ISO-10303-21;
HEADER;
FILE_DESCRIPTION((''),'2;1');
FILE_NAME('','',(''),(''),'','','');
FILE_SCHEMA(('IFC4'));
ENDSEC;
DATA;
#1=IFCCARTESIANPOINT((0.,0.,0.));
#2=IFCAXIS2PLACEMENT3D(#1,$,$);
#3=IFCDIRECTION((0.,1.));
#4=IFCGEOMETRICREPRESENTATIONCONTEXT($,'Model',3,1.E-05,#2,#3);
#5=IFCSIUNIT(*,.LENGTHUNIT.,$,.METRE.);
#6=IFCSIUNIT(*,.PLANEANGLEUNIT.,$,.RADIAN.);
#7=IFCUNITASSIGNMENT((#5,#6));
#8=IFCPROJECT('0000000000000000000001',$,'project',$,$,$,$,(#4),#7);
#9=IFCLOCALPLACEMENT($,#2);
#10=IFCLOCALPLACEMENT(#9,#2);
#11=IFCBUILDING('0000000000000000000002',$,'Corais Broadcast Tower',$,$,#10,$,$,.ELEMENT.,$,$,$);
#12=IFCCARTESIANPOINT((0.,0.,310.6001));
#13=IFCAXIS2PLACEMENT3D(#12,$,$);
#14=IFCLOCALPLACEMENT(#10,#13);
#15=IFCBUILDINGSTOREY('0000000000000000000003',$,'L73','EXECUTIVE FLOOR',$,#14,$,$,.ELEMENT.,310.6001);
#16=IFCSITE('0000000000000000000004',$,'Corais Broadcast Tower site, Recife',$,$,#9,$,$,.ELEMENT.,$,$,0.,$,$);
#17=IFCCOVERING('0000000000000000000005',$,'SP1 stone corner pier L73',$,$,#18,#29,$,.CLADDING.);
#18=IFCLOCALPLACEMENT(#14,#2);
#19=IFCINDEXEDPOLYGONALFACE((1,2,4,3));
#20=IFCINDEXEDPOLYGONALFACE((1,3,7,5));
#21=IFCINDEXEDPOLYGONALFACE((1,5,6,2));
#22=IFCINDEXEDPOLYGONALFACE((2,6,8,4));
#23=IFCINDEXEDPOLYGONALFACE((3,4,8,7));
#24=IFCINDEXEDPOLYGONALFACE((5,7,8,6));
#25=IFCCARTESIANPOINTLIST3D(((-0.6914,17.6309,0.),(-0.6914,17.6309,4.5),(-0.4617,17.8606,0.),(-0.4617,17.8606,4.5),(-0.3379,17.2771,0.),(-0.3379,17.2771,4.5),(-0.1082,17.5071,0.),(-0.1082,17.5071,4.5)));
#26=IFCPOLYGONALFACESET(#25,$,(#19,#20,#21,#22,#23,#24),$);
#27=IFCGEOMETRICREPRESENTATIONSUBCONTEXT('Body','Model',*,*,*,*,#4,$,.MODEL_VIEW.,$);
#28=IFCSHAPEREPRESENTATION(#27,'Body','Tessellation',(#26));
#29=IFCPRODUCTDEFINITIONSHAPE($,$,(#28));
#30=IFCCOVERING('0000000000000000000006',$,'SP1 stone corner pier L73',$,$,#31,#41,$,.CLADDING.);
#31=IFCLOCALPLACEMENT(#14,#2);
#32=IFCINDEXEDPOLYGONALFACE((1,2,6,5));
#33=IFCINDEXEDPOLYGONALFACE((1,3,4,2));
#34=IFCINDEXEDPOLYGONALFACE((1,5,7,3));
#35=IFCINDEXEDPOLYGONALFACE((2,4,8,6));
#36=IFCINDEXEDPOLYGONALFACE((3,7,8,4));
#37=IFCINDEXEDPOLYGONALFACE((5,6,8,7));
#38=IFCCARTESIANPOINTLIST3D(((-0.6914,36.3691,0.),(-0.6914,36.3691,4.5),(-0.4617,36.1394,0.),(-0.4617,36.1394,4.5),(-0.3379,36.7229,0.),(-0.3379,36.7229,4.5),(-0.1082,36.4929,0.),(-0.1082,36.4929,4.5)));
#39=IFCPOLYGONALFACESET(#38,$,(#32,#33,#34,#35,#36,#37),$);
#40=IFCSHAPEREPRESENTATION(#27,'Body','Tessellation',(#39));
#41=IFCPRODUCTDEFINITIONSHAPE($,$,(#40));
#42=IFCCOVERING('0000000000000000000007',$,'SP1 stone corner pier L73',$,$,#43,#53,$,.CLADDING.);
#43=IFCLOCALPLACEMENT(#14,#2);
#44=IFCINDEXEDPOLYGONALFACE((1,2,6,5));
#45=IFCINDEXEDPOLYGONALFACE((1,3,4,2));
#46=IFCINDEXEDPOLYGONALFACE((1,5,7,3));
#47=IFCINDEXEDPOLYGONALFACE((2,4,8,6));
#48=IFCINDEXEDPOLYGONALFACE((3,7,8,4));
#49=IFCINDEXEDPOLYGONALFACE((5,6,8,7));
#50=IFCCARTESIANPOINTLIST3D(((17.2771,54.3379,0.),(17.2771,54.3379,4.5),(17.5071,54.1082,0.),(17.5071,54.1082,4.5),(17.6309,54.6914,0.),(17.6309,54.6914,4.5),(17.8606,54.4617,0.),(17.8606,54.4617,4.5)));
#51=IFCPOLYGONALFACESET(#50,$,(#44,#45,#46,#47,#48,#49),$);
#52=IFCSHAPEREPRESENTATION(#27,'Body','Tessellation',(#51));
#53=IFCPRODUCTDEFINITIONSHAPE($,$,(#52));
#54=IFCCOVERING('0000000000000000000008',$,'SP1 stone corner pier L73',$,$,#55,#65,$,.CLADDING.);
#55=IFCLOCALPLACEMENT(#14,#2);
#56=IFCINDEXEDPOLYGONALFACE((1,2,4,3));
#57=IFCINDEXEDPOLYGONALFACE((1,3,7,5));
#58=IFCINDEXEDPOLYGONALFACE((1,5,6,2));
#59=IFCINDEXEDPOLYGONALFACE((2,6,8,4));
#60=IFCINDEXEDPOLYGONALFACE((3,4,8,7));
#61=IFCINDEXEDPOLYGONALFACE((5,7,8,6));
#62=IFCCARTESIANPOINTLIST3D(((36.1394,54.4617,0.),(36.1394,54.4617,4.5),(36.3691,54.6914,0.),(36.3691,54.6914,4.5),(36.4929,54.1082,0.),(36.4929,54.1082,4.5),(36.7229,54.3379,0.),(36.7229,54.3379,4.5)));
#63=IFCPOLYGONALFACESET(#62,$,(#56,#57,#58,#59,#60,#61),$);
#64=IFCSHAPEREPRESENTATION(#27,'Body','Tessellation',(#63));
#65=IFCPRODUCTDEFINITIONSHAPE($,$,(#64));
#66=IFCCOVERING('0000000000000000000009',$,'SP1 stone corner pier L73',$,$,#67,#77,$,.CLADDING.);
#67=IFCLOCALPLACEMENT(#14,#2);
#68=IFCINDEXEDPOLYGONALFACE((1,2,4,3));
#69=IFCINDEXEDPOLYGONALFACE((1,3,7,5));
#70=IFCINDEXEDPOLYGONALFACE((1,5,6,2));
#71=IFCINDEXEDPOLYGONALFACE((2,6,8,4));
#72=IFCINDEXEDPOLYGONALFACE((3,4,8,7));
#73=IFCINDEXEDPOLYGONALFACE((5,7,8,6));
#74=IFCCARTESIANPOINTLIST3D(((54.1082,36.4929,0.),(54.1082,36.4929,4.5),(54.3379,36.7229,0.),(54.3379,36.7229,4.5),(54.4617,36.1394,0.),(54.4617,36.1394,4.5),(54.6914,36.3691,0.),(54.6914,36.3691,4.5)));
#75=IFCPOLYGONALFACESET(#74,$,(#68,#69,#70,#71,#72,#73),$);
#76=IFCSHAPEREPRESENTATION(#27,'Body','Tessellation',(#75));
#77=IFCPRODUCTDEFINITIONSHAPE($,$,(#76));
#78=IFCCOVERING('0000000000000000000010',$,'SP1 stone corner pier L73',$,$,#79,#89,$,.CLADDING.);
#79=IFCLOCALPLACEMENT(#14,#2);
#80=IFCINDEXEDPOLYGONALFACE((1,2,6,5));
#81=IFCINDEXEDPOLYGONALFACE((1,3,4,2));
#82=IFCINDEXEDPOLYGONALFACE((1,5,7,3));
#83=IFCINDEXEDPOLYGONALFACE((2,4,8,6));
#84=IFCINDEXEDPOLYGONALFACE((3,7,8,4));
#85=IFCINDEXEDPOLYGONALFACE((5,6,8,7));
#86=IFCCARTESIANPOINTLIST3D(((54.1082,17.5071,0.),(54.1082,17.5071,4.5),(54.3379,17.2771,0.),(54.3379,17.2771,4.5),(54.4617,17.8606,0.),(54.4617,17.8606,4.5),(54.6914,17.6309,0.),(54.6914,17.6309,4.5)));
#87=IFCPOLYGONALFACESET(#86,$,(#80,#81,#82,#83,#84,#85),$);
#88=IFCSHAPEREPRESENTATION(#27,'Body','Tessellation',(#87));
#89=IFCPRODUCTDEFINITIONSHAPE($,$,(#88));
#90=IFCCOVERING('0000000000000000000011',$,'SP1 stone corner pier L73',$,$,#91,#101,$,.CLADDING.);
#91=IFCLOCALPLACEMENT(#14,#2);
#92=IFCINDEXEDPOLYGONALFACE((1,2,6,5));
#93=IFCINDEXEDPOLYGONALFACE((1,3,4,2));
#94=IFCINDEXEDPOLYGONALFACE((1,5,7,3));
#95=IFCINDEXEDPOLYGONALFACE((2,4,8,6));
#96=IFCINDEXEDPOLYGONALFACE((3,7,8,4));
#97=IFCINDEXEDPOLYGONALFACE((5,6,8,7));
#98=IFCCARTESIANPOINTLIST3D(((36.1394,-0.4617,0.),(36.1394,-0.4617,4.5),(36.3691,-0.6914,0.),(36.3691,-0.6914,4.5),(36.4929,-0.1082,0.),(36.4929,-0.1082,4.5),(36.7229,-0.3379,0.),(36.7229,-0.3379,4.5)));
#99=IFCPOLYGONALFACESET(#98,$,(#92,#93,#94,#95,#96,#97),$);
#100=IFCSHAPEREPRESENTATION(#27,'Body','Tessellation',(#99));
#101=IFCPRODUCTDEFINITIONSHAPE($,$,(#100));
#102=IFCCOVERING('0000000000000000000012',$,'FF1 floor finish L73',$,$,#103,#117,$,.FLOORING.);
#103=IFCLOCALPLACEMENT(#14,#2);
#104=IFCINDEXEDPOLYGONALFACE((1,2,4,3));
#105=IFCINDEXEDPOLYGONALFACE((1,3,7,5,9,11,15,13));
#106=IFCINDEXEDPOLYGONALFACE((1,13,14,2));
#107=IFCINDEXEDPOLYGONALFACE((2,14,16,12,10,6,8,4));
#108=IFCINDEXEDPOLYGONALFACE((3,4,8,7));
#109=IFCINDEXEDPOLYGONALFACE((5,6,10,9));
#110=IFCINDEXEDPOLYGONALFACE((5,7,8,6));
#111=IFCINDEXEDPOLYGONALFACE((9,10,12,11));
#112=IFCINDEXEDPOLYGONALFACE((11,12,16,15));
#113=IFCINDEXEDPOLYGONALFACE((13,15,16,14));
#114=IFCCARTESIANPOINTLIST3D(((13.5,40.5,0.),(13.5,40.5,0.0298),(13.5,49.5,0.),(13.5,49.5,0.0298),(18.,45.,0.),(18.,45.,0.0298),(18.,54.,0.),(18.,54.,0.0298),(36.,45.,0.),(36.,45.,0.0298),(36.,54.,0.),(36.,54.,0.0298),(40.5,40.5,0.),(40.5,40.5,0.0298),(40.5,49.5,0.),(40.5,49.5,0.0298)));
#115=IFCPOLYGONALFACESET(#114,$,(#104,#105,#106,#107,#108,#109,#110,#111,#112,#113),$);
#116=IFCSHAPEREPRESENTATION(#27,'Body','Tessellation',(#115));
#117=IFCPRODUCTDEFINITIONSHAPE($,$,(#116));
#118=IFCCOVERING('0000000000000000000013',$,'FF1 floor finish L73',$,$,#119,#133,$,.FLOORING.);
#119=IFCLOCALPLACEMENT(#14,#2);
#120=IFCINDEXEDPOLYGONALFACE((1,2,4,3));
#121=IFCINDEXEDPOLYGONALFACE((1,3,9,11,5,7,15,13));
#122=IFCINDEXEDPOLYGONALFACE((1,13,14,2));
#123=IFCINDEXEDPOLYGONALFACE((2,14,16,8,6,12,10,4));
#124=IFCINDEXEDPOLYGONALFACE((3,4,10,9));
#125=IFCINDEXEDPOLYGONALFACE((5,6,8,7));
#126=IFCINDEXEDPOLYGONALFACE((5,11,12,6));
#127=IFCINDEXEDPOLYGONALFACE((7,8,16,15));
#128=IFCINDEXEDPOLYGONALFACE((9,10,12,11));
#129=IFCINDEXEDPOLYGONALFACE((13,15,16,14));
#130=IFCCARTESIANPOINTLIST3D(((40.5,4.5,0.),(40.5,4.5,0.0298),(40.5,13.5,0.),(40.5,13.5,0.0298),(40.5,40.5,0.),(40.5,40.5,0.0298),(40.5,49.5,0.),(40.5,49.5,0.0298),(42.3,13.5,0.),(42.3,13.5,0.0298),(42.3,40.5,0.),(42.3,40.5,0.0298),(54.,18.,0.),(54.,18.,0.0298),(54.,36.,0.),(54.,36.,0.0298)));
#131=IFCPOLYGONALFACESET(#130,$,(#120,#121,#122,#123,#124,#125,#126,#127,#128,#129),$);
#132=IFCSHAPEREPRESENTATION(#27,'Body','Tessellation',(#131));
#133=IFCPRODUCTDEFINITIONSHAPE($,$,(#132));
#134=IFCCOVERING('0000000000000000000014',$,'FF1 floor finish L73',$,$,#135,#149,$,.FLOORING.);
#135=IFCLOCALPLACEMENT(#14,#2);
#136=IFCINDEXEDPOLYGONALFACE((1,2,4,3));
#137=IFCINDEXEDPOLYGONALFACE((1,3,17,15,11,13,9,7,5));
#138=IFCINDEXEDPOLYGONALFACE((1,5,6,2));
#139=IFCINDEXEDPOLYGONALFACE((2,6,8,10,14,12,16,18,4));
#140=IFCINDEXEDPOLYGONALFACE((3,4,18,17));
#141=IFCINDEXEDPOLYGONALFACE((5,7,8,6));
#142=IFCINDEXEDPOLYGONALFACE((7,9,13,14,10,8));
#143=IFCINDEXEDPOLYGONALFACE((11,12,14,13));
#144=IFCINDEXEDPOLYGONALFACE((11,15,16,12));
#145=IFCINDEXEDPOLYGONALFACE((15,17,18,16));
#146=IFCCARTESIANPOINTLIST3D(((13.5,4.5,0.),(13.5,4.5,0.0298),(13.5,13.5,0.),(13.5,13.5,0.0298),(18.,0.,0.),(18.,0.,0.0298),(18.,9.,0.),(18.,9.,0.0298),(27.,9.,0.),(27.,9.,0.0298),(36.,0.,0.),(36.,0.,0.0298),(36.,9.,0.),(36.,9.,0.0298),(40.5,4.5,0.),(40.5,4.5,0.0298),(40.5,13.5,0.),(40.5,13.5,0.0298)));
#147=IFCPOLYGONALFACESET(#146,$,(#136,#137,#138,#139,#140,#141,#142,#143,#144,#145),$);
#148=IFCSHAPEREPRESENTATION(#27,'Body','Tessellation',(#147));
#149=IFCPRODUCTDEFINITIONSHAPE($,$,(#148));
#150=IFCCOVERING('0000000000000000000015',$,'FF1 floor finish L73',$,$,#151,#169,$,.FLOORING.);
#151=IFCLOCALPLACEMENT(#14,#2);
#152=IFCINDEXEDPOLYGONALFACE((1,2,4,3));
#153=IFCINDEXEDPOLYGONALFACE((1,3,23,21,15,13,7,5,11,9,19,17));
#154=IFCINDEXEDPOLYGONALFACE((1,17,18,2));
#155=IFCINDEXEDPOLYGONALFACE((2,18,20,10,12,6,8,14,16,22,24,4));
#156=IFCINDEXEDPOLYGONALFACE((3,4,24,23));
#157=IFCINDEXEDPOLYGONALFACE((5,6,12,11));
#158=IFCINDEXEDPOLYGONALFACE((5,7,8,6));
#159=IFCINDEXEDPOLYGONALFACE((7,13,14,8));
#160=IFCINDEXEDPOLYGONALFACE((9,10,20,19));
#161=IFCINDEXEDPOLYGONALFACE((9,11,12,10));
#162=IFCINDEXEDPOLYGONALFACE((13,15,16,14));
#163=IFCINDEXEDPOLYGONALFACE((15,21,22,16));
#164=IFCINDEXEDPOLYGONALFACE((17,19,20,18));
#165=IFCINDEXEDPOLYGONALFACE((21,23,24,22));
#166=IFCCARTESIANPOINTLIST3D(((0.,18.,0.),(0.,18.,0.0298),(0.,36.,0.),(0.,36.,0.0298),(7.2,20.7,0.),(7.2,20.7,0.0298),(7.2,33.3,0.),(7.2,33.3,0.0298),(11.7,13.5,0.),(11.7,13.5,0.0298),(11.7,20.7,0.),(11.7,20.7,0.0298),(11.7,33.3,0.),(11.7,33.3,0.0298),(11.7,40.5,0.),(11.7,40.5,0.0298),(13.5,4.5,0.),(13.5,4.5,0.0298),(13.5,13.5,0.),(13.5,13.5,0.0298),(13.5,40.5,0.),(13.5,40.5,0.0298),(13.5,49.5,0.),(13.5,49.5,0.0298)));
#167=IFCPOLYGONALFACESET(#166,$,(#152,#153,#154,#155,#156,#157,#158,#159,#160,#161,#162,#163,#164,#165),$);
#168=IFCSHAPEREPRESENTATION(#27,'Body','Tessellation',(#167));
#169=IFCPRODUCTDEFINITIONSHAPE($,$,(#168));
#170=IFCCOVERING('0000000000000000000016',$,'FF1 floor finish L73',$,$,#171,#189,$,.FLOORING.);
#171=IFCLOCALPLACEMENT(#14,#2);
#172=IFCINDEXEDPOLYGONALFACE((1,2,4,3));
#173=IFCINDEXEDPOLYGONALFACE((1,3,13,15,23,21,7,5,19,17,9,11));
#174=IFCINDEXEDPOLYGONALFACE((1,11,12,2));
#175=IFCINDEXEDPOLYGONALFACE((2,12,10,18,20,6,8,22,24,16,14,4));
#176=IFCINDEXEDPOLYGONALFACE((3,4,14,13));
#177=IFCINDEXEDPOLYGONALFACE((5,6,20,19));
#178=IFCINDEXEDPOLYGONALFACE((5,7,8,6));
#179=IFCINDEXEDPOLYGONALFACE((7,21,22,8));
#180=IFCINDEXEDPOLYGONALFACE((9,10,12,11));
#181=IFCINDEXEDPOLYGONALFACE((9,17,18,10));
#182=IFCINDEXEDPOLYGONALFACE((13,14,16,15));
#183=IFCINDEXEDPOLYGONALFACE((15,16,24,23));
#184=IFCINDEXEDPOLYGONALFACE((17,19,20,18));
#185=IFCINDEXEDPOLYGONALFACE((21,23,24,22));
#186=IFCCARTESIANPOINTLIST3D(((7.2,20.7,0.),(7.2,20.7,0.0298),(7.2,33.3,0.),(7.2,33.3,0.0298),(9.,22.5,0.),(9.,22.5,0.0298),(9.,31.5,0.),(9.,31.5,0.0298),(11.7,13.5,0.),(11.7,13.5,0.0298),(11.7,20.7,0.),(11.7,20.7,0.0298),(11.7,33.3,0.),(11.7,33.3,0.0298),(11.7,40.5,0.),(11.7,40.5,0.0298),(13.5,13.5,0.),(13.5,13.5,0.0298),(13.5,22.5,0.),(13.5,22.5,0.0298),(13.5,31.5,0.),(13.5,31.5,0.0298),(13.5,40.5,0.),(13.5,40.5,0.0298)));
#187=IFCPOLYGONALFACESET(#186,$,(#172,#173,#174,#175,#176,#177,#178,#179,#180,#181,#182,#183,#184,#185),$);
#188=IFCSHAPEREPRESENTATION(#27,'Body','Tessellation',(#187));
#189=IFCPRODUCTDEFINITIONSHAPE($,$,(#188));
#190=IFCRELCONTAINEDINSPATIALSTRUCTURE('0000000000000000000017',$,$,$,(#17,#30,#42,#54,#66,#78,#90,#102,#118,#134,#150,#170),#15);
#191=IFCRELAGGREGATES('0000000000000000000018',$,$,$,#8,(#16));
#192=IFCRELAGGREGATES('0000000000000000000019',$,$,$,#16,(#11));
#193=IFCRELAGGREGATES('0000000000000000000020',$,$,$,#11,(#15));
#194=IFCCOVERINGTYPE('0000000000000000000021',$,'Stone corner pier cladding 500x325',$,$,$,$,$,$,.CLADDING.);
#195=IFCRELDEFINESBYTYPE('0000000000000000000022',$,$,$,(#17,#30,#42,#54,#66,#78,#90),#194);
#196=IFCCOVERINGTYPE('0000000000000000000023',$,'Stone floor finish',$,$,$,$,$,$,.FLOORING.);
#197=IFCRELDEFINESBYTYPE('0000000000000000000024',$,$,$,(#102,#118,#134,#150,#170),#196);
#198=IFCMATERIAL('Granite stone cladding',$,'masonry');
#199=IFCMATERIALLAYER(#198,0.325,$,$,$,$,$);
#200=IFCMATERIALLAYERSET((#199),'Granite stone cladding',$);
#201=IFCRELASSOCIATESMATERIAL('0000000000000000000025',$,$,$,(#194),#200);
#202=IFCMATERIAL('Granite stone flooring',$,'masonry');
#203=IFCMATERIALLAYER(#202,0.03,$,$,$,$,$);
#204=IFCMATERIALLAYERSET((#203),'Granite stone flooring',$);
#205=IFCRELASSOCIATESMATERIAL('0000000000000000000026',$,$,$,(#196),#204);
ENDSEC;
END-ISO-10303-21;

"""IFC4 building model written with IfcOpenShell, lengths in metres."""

from ifc_helpers import new_model, si_unit, direction, frame, origin, place, context, subcontext, project, spatial, polyline, outline, extrude, material, layer, layer_set, type_object, element, save


model = new_model("IFC4")

# Units and contexts
model_context = context("Model", 3, precision=1e-05, world=origin(), true_north=direction((0.0, 1.0)))
body_context = subcontext(model_context, "Body", "Model", "MODEL_VIEW")
ifc_project = project(units=[si_unit("LENGTHUNIT", "METRE"), si_unit("PLANEANGLEUNIT", "RADIAN")], contexts=[model_context])

# Site, building, storey
site_placement = place(None, origin())
site = spatial("IfcSite", under=ifc_project, at=site_placement, Name="Corais Broadcast Tower site, Recife", CompositionType="ELEMENT", RefElevation=0.0)
building_placement = place(site_placement, origin())
building = spatial("IfcBuilding", under=site, at=building_placement, Name="Corais Broadcast Tower", CompositionType="ELEMENT")
storey_placement = place(building_placement, frame((0.0, 0.0, 310.6001)))
storey = spatial("IfcBuildingStorey", under=building, at=storey_placement, Name="L73", Description="EXECUTIVE FLOOR", CompositionType="ELEMENT", Elevation=310.6001)

# Coverings
ifc_material_1 = material(Name="Granite stone cladding", Category="masonry")
ifc_layer_1 = layer(ifc_material_1, 0.325)
ifc_layer_set_1 = layer_set([ifc_layer_1], Name="Granite stone cladding")
covering_type_1 = type_object("IfcCoveringType", Name="Stone corner pier cladding 500x325", PredefinedType="CLADDING", material=ifc_layer_set_1)
covering_1_placement = place(storey_placement, origin())
element("IfcCovering", 1, at=covering_1_placement, inside=storey, type_object=covering_type_1, Name="SP1 stone corner pier L73", PredefinedType="CLADDING", context=body_context, shape_type="SweptSolid", body=[
    extrude(outline(polyline([(-0.4617, 17.8606), (-0.6914, 17.6309), (-0.3379, 17.2771), (-0.1082, 17.5071), (-0.4617, 17.8606)])), origin(), (0.0, 0.0, 1.0), 4.5),
])
covering_2_placement = place(storey_placement, origin())
element("IfcCovering", 2, at=covering_2_placement, inside=storey, type_object=covering_type_1, Name="SP1 stone corner pier L73", PredefinedType="CLADDING", context=body_context, shape_type="SweptSolid", body=[
    extrude(outline(polyline([(-0.4617, 36.1394), (-0.1082, 36.4929), (-0.3379, 36.7229), (-0.6914, 36.3691), (-0.4617, 36.1394)])), origin(), (0.0, 0.0, 1.0), 4.5),
])
covering_3_placement = place(storey_placement, origin())
element("IfcCovering", 3, at=covering_3_placement, inside=storey, type_object=covering_type_1, Name="SP1 stone corner pier L73", PredefinedType="CLADDING", context=body_context, shape_type="SweptSolid", body=[
    extrude(outline(polyline([(17.8606, 54.4617), (17.6309, 54.6914), (17.2771, 54.3379), (17.5071, 54.1082), (17.8606, 54.4617)])), origin(), (0.0, 0.0, 1.0), 4.5),
])
covering_4_placement = place(storey_placement, origin())
element("IfcCovering", 4, at=covering_4_placement, inside=storey, type_object=covering_type_1, Name="SP1 stone corner pier L73", PredefinedType="CLADDING", context=body_context, shape_type="SweptSolid", body=[
    extrude(outline(polyline([(36.1394, 54.4617), (36.4929, 54.1082), (36.7229, 54.3379), (36.3691, 54.6914), (36.1394, 54.4617)])), origin(), (0.0, 0.0, 1.0), 4.5),
])
covering_5_placement = place(storey_placement, origin())
element("IfcCovering", 5, at=covering_5_placement, inside=storey, type_object=covering_type_1, Name="SP1 stone corner pier L73", PredefinedType="CLADDING", context=body_context, shape_type="SweptSolid", body=[
    extrude(outline(polyline([(54.4617, 36.1394), (54.6914, 36.3691), (54.3379, 36.7229), (54.1082, 36.4929), (54.4617, 36.1394)])), origin(), (0.0, 0.0, 1.0), 4.5),
])
covering_6_placement = place(storey_placement, origin())
element("IfcCovering", 6, at=covering_6_placement, inside=storey, type_object=covering_type_1, Name="SP1 stone corner pier L73", PredefinedType="CLADDING", context=body_context, shape_type="SweptSolid", body=[
    extrude(outline(polyline([(54.4617, 17.8606), (54.1082, 17.5071), (54.3379, 17.2771), (54.6914, 17.6309), (54.4617, 17.8606)])), origin(), (0.0, 0.0, 1.0), 4.5),
])
covering_7_placement = place(storey_placement, origin())
element("IfcCovering", 7, at=covering_7_placement, inside=storey, type_object=covering_type_1, Name="SP1 stone corner pier L73", PredefinedType="CLADDING", context=body_context, shape_type="SweptSolid", body=[
    extrude(outline(polyline([(36.1394, -0.4617), (36.3691, -0.6914), (36.7229, -0.3379), (36.4929, -0.1082), (36.1394, -0.4617)])), origin(), (0.0, 0.0, 1.0), 4.5),
])
ifc_material_2 = material(Name="Granite stone flooring", Category="masonry")
ifc_layer_2 = layer(ifc_material_2, 0.03)
ifc_layer_set_2 = layer_set([ifc_layer_2], Name="Granite stone flooring")
covering_type_2 = type_object("IfcCoveringType", Name="Stone floor finish", PredefinedType="FLOORING", material=ifc_layer_set_2)
covering_8_placement = place(storey_placement, origin())
element("IfcCovering", 8, at=covering_8_placement, inside=storey, type_object=covering_type_2, Name="FF1 floor finish L73", PredefinedType="FLOORING", context=body_context, shape_type="SweptSolid", body=[
    extrude(outline(polyline([(18.0, 45.0), (36.0, 45.0), (36.0, 54.0), (40.5, 49.5), (40.5, 40.5), (13.5, 40.5), (13.5, 49.5), (18.0, 54.0), (18.0, 45.0)])), origin(), (0.0, 0.0, 1.0), 0.0298),
])
covering_9_placement = place(storey_placement, origin())
element("IfcCovering", 9, at=covering_9_placement, inside=storey, type_object=covering_type_2, Name="FF1 floor finish L73", PredefinedType="FLOORING", context=body_context, shape_type="SweptSolid", body=[
    extrude(outline(polyline([(54.0, 36.0), (54.0, 18.0), (40.5, 4.5), (40.5, 13.5), (42.3, 13.5), (42.3, 40.5), (40.5, 40.5), (40.5, 49.5), (54.0, 36.0)])), origin(), (0.0, 0.0, 1.0), 0.0298),
])
covering_10_placement = place(storey_placement, origin())
element("IfcCovering", 10, at=covering_10_placement, inside=storey, type_object=covering_type_2, Name="FF1 floor finish L73", PredefinedType="FLOORING", context=body_context, shape_type="SweptSolid", body=[
    extrude(outline(polyline([(36.0, 0.0), (36.0, 9.0), (27.0, 9.0), (18.0, 9.0), (18.0, 0.0), (13.5, 4.5), (13.5, 13.5), (40.5, 13.5), (40.5, 4.5), (36.0, 0.0)])), origin(), (0.0, 0.0, 1.0), 0.0298),
])
covering_11_placement = place(storey_placement, origin())
element("IfcCovering", 11, at=covering_11_placement, inside=storey, type_object=covering_type_2, Name="FF1 floor finish L73", PredefinedType="FLOORING", context=body_context, shape_type="SweptSolid", body=[
    extrude(outline(polyline([(0.0, 18.0), (0.0, 36.0), (13.5, 49.5), (13.5, 40.5), (11.7, 40.5), (11.7, 33.3), (7.2, 33.3), (7.2, 20.7), (11.7, 20.7), (11.7, 13.5), (13.5, 13.5), (13.5, 4.5), (0.0, 18.0)])), origin(), (0.0, 0.0, 1.0), 0.0298),
])
covering_12_placement = place(storey_placement, origin())
element("IfcCovering", 12, at=covering_12_placement, inside=storey, type_object=covering_type_2, Name="FF1 floor finish L73", PredefinedType="FLOORING", context=body_context, shape_type="SweptSolid", body=[
    extrude(outline(polyline([(9.0, 31.5), (9.0, 22.5), (13.5, 22.5), (13.5, 13.5), (11.7, 13.5), (11.7, 20.7), (7.2, 20.7), (7.2, 33.3), (11.7, 33.3), (11.7, 40.5), (13.5, 40.5), (13.5, 31.5), (9.0, 31.5)])), origin(), (0.0, 0.0, 1.0), 0.0298),
])

save(model, "model.ifc")
